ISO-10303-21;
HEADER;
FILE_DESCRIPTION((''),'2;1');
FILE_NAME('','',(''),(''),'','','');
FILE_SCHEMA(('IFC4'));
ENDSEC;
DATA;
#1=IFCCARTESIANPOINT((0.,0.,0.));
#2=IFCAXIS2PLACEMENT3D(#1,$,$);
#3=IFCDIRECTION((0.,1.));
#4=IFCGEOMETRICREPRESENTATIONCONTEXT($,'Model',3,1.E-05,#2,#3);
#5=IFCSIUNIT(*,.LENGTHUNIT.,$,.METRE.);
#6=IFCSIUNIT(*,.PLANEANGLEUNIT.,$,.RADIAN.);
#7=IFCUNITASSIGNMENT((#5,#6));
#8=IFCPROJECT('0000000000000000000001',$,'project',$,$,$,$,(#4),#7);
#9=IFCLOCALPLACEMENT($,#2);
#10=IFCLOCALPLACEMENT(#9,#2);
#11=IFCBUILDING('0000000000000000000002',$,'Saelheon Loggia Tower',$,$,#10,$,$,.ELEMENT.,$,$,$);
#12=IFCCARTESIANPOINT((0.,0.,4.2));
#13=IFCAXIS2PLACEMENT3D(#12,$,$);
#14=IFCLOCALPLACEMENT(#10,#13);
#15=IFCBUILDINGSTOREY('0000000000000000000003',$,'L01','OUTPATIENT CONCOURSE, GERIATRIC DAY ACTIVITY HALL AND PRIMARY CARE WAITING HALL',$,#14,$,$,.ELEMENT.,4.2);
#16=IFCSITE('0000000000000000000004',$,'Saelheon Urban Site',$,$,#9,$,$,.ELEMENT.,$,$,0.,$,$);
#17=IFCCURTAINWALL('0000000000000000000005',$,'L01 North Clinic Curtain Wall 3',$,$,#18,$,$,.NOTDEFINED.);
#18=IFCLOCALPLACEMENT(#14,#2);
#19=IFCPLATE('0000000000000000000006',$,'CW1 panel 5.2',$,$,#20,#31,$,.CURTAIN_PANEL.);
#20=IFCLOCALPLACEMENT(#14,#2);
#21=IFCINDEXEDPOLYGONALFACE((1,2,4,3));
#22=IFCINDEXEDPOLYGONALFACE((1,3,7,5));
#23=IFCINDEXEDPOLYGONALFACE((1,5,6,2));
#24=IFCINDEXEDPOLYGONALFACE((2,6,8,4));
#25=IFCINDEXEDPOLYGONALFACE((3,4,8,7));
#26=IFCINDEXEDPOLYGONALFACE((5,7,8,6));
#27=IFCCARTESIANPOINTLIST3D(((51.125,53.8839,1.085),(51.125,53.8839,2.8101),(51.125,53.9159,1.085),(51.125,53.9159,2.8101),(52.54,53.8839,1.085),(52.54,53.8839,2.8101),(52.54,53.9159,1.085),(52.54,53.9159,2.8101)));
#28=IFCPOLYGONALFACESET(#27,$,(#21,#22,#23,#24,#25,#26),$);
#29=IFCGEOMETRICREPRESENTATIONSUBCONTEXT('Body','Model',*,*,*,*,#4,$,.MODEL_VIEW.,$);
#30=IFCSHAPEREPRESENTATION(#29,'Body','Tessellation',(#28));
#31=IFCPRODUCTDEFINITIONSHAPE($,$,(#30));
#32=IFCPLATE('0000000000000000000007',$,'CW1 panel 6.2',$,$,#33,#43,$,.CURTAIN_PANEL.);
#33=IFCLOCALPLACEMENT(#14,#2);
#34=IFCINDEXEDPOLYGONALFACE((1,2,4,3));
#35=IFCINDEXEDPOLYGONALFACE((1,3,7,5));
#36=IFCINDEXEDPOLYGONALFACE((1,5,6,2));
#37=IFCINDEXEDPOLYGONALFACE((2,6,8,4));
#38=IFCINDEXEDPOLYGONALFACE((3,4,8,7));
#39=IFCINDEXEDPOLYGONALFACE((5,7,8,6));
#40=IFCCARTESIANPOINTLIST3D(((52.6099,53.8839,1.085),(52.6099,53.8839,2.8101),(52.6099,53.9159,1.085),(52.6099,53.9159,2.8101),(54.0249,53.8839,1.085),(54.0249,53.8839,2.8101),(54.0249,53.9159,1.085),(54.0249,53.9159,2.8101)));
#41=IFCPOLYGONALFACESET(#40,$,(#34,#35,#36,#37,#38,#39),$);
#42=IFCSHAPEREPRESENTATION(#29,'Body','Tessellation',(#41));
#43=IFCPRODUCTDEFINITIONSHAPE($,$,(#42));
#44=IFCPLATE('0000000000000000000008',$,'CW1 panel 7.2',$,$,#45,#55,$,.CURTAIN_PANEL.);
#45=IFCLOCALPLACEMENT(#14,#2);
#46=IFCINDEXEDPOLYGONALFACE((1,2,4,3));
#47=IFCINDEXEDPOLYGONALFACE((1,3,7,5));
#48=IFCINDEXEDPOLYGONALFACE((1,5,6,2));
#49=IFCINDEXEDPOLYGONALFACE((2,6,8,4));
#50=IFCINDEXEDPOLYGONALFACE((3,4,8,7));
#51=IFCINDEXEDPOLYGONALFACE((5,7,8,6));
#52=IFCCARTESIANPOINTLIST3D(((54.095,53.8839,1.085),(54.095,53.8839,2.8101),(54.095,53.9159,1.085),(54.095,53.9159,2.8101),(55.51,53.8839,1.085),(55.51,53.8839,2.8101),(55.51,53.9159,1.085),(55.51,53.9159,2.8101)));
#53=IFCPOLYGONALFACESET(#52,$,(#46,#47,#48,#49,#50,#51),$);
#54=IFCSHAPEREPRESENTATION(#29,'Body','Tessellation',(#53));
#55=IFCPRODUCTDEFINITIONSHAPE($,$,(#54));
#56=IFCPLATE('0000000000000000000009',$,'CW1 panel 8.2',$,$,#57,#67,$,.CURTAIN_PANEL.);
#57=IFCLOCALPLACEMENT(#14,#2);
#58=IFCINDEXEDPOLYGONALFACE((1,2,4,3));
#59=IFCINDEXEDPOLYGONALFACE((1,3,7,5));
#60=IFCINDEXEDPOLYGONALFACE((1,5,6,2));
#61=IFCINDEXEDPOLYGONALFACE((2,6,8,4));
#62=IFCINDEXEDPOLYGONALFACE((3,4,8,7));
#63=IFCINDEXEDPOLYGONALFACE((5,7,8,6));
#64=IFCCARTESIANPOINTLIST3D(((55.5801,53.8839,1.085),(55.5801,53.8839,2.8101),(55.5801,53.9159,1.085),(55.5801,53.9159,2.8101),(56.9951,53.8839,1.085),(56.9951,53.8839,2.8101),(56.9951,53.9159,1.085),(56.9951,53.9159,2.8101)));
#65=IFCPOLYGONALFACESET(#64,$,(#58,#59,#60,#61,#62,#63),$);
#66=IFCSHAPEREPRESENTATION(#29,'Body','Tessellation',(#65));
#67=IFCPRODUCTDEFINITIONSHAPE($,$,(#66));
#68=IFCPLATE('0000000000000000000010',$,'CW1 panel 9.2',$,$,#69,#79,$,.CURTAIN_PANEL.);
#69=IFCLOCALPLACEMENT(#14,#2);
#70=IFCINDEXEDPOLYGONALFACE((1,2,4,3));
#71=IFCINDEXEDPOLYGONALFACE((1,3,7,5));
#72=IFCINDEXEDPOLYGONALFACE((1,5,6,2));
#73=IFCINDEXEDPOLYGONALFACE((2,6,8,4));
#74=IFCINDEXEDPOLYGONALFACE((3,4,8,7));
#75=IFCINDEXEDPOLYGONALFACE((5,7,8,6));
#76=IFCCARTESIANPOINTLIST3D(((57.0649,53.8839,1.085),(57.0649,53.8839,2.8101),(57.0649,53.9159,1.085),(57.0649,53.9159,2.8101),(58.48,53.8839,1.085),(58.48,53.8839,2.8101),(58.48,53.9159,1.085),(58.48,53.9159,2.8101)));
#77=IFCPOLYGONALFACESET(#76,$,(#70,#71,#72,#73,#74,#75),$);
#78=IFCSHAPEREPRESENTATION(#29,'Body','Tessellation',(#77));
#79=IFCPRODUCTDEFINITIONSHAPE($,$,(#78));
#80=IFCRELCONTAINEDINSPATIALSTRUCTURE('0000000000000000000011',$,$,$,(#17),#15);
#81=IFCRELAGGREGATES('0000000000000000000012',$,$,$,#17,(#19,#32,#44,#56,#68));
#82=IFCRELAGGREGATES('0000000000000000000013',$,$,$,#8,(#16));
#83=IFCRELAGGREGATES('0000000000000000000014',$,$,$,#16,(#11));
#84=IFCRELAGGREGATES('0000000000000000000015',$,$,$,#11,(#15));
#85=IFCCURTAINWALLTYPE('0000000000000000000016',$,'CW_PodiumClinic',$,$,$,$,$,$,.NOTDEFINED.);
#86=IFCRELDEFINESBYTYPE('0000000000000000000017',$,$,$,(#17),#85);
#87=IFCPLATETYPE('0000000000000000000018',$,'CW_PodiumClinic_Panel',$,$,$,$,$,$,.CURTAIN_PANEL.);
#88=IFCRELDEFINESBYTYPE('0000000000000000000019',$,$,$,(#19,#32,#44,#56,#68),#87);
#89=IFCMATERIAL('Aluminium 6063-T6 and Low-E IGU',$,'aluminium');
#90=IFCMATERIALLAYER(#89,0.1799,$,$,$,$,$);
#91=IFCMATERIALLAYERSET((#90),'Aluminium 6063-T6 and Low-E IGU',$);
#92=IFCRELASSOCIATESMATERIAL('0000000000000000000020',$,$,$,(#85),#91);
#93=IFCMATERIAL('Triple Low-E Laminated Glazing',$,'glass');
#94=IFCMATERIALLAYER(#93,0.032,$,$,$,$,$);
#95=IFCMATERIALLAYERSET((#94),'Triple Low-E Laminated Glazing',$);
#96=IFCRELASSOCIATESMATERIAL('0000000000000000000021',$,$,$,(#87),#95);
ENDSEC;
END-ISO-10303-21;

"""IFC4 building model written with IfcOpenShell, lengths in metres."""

from ifc_helpers import new_model, si_unit, direction, frame, origin, origin_2d, place, context, subcontext, project, spatial, rectangle, extrude, source, transform, mapped, material, layer, layer_set, type_object, element, aggregate, save


model = new_model("IFC4")

# Units and contexts
model_context = context("Model", 3, precision=1e-05, world=origin(), true_north=direction((0.0, 1.0)))
body_context = subcontext(model_context, "Body", "Model", "MODEL_VIEW")
ifc_project = project(units=[si_unit("LENGTHUNIT", "METRE"), si_unit("PLANEANGLEUNIT", "RADIAN")], contexts=[model_context])

# Site, building, storey
site_placement = place(None, origin())
site = spatial("IfcSite", under=ifc_project, at=site_placement, Name="Saelheon Urban Site", CompositionType="ELEMENT", RefElevation=0.0)
building_placement = place(site_placement, origin())
building = spatial("IfcBuilding", under=site, at=building_placement, Name="Saelheon Loggia Tower", CompositionType="ELEMENT")
storey_placement = place(building_placement, frame((0.0, 0.0, 4.2)))
storey = spatial("IfcBuildingStorey", under=building, at=storey_placement, Name="L01", Description="OUTPATIENT CONCOURSE, GERIATRIC DAY ACTIVITY HALL AND PRIMARY CARE WAITING HALL", CompositionType="ELEMENT", Elevation=4.2)

# Curtain wall, plates
ifc_material_1 = material(Name="Aluminium 6063-T6 and Low-E IGU", Category="aluminium")
ifc_layer_1 = layer(ifc_material_1, 0.1799)
ifc_layer_set_1 = layer_set([ifc_layer_1], Name="Aluminium 6063-T6 and Low-E IGU")
curtain_wall_type = type_object("IfcCurtainWallType", Name="CW_PodiumClinic", PredefinedType="NOTDEFINED", material=ifc_layer_set_1)
curtain_wall_placement = place(storey_placement, origin())
curtain_wall = element("IfcCurtainWall", 1, at=curtain_wall_placement, inside=storey, type_object=curtain_wall_type, Name="L01 North Clinic Curtain Wall 3", PredefinedType="NOTDEFINED")
ifc_material_2 = material(Name="Triple Low-E Laminated Glazing", Category="glass")
ifc_layer_2 = layer(ifc_material_2, 0.032)
ifc_layer_set_2 = layer_set([ifc_layer_2], Name="Triple Low-E Laminated Glazing")
plate_type = type_object("IfcPlateType", Name="CW_PodiumClinic_Panel", PredefinedType="CURTAIN_PANEL", material=ifc_layer_set_2)
shared_shape_1 = source(origin(), body_context, "Body", "SweptSolid", [
    extrude(rectangle(XDim=1.415, YDim=0.032, at=origin_2d()), origin(), (0.0, 0.0, 1.0), 1.7251),
])
plate_1_placement = place(storey_placement, frame((51.8325, 53.8999, 1.085), z_axis=(0.0, 0.0, 1.0), x_axis=(1.0, 0.0, 0.0)))
plate_1 = element("IfcPlate", 2, at=plate_1_placement, type_object=plate_type, Name="CW1 panel 5.2", PredefinedType="CURTAIN_PANEL", context=body_context, shape_type="MappedRepresentation", body=[
    mapped(shared_shape_1, transform((0.0, 0.0, 0.0), scale=1.0)),
])
plate_2_placement = place(storey_placement, frame((53.3174, 53.8999, 1.085), z_axis=(0.0, 0.0, 1.0), x_axis=(1.0, 0.0, 0.0)))
plate_2 = element("IfcPlate", 3, at=plate_2_placement, type_object=plate_type, Name="CW1 panel 6.2", PredefinedType="CURTAIN_PANEL", context=body_context, shape_type="MappedRepresentation", body=[
    mapped(shared_shape_1, transform((0.0, 0.0, 0.0), scale=1.0)),
])
plate_3_placement = place(storey_placement, frame((54.8025, 53.8999, 1.085), z_axis=(0.0, 0.0, 1.0), x_axis=(1.0, 0.0, 0.0)))
plate_3 = element("IfcPlate", 4, at=plate_3_placement, type_object=plate_type, Name="CW1 panel 7.2", PredefinedType="CURTAIN_PANEL", context=body_context, shape_type="MappedRepresentation", body=[
    mapped(shared_shape_1, transform((0.0, 0.0, 0.0), scale=1.0)),
])
plate_4_placement = place(storey_placement, frame((56.2876, 53.8999, 1.085), z_axis=(0.0, 0.0, 1.0), x_axis=(1.0, 0.0, 0.0)))
plate_4 = element("IfcPlate", 5, at=plate_4_placement, type_object=plate_type, Name="CW1 panel 8.2", PredefinedType="CURTAIN_PANEL", context=body_context, shape_type="MappedRepresentation", body=[
    mapped(shared_shape_1, transform((0.0, 0.0, 0.0), scale=1.0)),
])
plate_5_placement = place(storey_placement, frame((57.7725, 53.8999, 1.085), z_axis=(0.0, 0.0, 1.0), x_axis=(1.0, 0.0, 0.0)))
plate_5 = element("IfcPlate", 6, at=plate_5_placement, type_object=plate_type, Name="CW1 panel 9.2", PredefinedType="CURTAIN_PANEL", context=body_context, shape_type="MappedRepresentation", body=[
    mapped(shared_shape_1, transform((0.0, 0.0, 0.0), scale=1.0)),
])
aggregate(curtain_wall, [plate_1, plate_2, plate_3, plate_4, plate_5])

save(model, "model.ifc")
